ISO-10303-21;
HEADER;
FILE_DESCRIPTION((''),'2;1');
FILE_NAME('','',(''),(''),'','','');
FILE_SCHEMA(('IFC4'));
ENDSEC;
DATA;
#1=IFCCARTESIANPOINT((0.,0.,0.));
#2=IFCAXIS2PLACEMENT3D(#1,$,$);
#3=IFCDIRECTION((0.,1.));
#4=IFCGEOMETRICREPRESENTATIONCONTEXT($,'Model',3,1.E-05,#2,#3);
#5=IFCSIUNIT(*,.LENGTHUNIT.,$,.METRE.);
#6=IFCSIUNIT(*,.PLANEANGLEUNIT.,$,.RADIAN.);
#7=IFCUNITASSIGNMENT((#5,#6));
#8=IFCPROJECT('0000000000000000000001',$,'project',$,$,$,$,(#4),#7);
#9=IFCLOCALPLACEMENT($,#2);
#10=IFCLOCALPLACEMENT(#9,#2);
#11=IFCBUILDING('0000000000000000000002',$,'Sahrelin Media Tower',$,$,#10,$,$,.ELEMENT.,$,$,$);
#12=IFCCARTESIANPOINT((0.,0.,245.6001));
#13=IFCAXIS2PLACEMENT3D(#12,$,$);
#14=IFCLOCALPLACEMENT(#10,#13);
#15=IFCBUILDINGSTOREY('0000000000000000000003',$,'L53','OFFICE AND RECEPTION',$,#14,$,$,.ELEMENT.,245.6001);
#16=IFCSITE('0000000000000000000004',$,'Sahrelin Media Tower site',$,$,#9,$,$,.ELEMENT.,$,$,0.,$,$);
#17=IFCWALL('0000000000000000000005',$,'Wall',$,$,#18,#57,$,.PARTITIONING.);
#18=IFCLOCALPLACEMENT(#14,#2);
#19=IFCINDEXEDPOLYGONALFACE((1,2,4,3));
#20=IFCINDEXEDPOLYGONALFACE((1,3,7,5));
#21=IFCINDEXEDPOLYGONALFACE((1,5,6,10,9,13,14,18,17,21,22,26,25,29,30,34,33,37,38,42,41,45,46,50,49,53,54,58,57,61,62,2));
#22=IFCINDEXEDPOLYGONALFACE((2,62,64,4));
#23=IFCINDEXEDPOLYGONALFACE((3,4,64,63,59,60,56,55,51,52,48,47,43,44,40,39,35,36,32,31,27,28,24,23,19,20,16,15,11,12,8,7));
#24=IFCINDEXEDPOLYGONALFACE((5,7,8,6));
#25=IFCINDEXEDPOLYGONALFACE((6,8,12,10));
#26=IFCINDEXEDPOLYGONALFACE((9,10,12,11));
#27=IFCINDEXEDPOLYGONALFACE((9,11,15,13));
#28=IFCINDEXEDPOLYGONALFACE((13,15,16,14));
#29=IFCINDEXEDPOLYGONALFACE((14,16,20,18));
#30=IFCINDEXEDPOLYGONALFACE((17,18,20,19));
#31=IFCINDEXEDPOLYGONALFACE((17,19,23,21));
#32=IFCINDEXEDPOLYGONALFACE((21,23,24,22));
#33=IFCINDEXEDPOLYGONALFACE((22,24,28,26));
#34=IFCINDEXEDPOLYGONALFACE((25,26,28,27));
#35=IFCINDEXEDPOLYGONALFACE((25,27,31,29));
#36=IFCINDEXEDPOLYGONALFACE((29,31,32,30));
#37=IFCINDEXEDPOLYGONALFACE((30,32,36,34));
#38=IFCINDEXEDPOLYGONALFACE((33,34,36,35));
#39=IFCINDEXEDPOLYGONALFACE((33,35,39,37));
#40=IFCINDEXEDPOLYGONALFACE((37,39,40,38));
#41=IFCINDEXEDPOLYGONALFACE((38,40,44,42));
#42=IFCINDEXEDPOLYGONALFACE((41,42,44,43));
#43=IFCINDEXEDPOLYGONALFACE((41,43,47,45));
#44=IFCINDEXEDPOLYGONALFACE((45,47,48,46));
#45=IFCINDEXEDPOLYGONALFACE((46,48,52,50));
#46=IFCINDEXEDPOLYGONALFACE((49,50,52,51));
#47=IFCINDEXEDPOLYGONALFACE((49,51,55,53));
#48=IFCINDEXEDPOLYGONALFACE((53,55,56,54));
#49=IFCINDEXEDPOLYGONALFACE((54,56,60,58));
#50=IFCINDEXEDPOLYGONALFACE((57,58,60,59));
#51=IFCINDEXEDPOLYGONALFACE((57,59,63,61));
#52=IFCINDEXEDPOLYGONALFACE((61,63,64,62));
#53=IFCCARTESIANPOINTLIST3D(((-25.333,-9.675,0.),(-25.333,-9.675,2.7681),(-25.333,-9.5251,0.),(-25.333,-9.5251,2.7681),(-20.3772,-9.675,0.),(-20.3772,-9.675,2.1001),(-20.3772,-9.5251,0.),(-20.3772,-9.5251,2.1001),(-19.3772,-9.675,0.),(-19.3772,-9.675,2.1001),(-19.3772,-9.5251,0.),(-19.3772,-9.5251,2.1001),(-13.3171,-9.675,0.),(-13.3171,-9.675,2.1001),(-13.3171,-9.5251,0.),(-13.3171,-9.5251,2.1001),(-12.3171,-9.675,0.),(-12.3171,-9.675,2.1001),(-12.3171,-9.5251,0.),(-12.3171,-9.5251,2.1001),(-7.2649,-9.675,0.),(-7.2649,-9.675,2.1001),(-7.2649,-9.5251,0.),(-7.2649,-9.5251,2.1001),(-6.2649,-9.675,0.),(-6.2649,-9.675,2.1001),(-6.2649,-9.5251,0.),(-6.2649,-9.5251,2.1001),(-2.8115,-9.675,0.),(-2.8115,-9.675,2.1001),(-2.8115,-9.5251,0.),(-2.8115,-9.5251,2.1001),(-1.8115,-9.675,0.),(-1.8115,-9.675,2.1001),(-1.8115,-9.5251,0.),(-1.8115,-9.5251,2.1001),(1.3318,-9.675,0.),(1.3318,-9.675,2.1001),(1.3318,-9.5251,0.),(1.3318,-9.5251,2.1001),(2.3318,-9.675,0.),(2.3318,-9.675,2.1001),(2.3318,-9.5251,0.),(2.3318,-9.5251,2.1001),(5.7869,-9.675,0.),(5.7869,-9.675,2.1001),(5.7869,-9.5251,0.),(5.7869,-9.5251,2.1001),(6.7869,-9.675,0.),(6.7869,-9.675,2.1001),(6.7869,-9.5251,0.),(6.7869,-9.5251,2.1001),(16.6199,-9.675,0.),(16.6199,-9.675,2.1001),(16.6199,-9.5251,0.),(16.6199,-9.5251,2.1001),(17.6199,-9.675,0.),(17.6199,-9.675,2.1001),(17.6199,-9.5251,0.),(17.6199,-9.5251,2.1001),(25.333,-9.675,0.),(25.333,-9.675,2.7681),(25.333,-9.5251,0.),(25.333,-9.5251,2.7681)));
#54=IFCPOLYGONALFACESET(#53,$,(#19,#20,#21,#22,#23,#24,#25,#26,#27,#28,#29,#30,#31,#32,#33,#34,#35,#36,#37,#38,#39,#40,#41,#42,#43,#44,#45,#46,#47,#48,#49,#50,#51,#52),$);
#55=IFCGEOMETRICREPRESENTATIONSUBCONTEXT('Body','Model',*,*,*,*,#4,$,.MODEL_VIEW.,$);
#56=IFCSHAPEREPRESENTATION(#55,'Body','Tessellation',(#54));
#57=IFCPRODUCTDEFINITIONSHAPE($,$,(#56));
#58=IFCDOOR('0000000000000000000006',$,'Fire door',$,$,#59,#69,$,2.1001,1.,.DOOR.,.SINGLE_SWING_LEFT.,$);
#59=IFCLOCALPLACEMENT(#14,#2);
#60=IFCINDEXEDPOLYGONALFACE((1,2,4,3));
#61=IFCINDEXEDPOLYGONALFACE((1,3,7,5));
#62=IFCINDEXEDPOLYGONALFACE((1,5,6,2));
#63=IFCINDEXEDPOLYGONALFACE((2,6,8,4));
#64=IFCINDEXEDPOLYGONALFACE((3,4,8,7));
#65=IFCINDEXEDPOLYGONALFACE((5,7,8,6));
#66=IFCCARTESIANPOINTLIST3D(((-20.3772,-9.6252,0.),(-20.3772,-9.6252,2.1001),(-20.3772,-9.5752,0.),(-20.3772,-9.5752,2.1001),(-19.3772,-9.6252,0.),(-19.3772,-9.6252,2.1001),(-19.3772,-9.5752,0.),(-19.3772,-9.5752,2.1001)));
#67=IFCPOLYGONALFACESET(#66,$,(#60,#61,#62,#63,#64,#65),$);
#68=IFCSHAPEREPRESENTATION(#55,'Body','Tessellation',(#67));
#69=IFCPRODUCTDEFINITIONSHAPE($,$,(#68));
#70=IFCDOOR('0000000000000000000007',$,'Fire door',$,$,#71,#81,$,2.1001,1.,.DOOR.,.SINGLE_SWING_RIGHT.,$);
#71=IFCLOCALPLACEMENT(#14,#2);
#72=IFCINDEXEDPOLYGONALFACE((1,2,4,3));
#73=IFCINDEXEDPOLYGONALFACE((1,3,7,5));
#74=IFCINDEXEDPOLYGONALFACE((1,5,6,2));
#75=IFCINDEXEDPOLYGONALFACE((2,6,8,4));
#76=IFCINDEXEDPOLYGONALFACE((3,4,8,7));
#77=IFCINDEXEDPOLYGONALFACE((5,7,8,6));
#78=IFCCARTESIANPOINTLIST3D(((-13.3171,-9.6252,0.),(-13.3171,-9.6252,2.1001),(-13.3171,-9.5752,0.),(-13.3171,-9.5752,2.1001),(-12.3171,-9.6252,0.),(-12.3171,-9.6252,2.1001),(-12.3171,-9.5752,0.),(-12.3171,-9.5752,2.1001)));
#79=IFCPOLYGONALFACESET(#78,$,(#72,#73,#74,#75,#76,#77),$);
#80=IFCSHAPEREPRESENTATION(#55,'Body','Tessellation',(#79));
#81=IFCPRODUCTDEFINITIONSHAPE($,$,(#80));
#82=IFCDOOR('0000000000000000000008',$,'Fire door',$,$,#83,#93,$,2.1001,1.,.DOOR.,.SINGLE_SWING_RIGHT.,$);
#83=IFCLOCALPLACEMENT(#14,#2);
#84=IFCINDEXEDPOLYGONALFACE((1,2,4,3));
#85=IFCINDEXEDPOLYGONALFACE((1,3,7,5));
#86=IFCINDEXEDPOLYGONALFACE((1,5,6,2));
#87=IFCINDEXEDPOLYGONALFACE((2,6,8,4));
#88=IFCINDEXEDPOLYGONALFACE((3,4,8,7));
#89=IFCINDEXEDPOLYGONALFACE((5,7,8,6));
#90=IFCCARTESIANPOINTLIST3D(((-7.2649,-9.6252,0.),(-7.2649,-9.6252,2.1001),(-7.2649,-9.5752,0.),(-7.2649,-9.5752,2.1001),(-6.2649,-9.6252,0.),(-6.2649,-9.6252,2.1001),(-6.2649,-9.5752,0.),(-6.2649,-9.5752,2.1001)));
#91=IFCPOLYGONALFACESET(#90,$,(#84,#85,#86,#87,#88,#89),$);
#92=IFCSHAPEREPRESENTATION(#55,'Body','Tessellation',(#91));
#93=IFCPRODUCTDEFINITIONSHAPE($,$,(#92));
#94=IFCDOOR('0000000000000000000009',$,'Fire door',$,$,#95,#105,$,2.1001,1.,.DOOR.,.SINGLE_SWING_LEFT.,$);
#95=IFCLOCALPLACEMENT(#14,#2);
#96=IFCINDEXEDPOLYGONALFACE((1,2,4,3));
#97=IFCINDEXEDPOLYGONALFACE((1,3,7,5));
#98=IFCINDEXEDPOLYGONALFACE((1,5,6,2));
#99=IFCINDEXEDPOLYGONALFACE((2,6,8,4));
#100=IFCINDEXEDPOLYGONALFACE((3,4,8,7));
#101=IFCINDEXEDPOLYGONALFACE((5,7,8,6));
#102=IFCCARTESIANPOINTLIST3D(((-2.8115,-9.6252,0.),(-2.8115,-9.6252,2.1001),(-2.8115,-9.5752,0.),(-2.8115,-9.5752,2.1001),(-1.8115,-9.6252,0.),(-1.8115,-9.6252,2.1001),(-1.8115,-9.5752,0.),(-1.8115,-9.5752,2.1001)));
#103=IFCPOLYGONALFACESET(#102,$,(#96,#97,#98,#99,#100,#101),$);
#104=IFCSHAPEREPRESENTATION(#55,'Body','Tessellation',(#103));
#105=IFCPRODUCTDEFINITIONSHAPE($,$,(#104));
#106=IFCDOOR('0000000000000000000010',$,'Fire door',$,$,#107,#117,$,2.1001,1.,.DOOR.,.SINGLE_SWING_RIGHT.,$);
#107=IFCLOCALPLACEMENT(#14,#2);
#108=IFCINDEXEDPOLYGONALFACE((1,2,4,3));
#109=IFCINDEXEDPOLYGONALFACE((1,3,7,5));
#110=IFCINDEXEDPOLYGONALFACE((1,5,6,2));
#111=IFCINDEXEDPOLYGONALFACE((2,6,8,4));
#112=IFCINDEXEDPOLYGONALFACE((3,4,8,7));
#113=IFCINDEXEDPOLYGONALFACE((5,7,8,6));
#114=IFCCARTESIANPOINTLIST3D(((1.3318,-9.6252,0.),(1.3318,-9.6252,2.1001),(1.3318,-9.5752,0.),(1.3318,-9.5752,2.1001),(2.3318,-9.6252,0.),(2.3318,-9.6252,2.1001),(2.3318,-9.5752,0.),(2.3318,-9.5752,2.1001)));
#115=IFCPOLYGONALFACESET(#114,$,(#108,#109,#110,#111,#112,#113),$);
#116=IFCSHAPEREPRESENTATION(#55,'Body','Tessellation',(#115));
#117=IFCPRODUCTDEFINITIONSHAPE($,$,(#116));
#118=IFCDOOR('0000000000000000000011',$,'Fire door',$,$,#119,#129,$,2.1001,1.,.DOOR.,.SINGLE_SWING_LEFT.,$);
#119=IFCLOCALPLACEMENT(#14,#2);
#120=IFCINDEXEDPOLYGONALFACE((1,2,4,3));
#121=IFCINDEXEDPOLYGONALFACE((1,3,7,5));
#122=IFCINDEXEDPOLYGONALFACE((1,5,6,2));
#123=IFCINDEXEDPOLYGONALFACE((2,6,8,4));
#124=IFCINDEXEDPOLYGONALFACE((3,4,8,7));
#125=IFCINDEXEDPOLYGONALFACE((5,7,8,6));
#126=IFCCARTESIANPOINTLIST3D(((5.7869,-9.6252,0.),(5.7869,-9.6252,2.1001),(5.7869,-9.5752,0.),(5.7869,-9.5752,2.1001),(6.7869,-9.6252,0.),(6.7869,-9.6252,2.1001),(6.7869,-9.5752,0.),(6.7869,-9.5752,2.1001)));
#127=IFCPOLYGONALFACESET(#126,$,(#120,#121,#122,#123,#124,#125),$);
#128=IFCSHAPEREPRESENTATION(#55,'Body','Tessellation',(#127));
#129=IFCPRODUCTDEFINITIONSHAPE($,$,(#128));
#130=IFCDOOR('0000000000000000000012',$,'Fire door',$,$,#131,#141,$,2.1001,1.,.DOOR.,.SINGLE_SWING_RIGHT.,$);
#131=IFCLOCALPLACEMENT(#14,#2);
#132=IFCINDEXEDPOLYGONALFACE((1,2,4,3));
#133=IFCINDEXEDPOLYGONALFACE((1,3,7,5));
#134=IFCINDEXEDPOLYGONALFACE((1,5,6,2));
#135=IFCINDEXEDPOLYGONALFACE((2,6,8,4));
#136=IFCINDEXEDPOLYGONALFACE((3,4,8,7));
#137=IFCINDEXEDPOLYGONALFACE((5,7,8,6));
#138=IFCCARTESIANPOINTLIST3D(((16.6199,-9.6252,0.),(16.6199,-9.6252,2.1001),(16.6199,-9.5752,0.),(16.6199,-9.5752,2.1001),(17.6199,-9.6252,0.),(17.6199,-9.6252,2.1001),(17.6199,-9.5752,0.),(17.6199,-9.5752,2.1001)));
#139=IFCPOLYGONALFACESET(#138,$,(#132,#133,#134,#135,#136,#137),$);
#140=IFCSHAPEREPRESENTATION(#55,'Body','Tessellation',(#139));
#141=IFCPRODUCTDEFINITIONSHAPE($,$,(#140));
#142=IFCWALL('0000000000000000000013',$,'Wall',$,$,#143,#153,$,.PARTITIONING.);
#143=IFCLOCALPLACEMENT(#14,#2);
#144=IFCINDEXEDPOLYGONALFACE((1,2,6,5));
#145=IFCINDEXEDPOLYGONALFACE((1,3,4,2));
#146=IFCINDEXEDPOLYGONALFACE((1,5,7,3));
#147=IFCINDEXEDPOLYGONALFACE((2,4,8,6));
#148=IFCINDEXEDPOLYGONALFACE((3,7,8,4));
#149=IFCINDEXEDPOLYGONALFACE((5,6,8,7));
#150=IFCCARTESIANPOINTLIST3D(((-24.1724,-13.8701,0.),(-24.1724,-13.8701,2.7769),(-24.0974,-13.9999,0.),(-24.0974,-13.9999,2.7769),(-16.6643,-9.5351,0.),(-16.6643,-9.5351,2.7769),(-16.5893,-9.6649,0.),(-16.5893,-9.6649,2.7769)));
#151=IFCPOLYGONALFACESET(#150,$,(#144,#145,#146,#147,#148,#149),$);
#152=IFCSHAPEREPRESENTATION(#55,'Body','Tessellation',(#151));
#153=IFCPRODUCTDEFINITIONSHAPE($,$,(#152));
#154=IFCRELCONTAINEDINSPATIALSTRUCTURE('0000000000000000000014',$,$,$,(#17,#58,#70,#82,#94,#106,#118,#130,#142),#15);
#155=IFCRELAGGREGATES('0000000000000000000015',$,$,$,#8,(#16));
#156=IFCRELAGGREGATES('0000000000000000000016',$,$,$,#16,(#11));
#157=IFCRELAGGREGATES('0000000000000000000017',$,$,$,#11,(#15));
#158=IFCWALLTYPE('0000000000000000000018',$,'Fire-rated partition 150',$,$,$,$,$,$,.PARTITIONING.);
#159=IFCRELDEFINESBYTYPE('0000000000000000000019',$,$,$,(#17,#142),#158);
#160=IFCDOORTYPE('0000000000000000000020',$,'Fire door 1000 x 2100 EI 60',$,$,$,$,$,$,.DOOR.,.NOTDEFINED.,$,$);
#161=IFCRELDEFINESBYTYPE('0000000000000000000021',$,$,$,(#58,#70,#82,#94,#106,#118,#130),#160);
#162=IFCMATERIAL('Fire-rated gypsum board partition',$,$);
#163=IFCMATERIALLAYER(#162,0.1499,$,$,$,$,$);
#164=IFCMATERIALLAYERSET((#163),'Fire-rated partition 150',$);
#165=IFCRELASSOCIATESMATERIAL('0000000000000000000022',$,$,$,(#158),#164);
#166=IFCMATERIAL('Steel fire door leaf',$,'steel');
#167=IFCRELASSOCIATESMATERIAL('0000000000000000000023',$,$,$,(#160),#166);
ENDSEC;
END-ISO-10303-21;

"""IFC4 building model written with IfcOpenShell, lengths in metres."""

from ifc_helpers import new_model, si_unit, direction, frame, frame_2d, origin, place, context, subcontext, project, spatial, rectangle, extrude, material, layer, layer_set, type_object, element, fill, save


model = new_model("IFC4")

# Units and contexts
model_context = context("Model", 3, precision=1e-05, world=origin(), true_north=direction((0.0, 1.0)))
body_context = subcontext(model_context, "Body", "Model", "MODEL_VIEW")
ifc_project = project(units=[si_unit("LENGTHUNIT", "METRE"), si_unit("PLANEANGLEUNIT", "RADIAN")], contexts=[model_context])

# Site, building, storey
site_placement = place(None, origin())
site = spatial("IfcSite", under=ifc_project, at=site_placement, Name="Sahrelin Media Tower site", CompositionType="ELEMENT", RefElevation=0.0)
building_placement = place(site_placement, origin())
building = spatial("IfcBuilding", under=site, at=building_placement, Name="Sahrelin Media Tower", CompositionType="ELEMENT")
storey_placement = place(building_placement, frame((0.0, 0.0, 245.6001)))
storey = spatial("IfcBuildingStorey", under=building, at=storey_placement, Name="L53", Description="OFFICE AND RECEPTION", CompositionType="ELEMENT", Elevation=245.6001)

# Wall, openings, doors
ifc_material_1 = material(Name="Fire-rated gypsum board partition")
ifc_layer_1 = layer(ifc_material_1, 0.1499)
ifc_layer_set_1 = layer_set([ifc_layer_1], Name="Fire-rated partition 150")
wall_type_1 = type_object("IfcWallType", Name="Fire-rated partition 150", PredefinedType="PARTITIONING", material=ifc_layer_set_1)
wall_1_placement = place(storey_placement, frame((-25.333, -9.6001, 0.0), z_axis=(0.0, 0.0, 1.0), x_axis=(1.0, 0.0, 0.0)))
wall_1 = element("IfcWall", 1, at=wall_1_placement, inside=storey, type_object=wall_type_1, Name="Wall", PredefinedType="PARTITIONING", context=body_context, shape_type="SweptSolid", body=[
    extrude(rectangle(XDim=50.666, YDim=0.1499, at=frame_2d((25.333, 0.0))), origin(), (0.0, 0.0, 1.0), 2.7681),
])
opening_1_placement = place(wall_1_placement, frame((4.9558, 0.0, 0.0)))
opening_1 = element("IfcOpeningElement", 2, at=opening_1_placement, cuts=wall_1, PredefinedType="OPENING", context=body_context, shape_type="SweptSolid", body=[
    extrude(rectangle(XDim=1.0, YDim=2.1001, at=frame_2d((0.5, 1.05))), frame((0.0, 0.075, 0.0), z_axis=(0.0, -1.0, 0.0), x_axis=(1.0, 0.0, 0.0)), (0.0, 0.0, 1.0), 0.1499),
])
opening_2_placement = place(wall_1_placement, frame((12.0159, 0.0, 0.0)))
opening_2 = element("IfcOpeningElement", 3, at=opening_2_placement, cuts=wall_1, PredefinedType="OPENING", context=body_context, shape_type="SweptSolid", body=[
    extrude(rectangle(XDim=1.0, YDim=2.1001, at=frame_2d((0.5, 1.05))), frame((0.0, 0.075, 0.0), z_axis=(0.0, -1.0, 0.0), x_axis=(1.0, 0.0, 0.0)), (0.0, 0.0, 1.0), 0.1499),
])
opening_3_placement = place(wall_1_placement, frame((18.0681, 0.0, 0.0)))
opening_3 = element("IfcOpeningElement", 4, at=opening_3_placement, cuts=wall_1, PredefinedType="OPENING", context=body_context, shape_type="SweptSolid", body=[
    extrude(rectangle(XDim=1.0, YDim=2.1001, at=frame_2d((0.5, 1.05))), frame((0.0, 0.075, 0.0), z_axis=(0.0, -1.0, 0.0), x_axis=(1.0, 0.0, 0.0)), (0.0, 0.0, 1.0), 0.1499),
])
opening_4_placement = place(wall_1_placement, frame((22.5215, 0.0, 0.0)))
opening_4 = element("IfcOpeningElement", 5, at=opening_4_placement, cuts=wall_1, PredefinedType="OPENING", context=body_context, shape_type="SweptSolid", body=[
    extrude(rectangle(XDim=1.0, YDim=2.1001, at=frame_2d((0.5, 1.05))), frame((0.0, 0.075, 0.0), z_axis=(0.0, -1.0, 0.0), x_axis=(1.0, 0.0, 0.0)), (0.0, 0.0, 1.0), 0.1499),
])
opening_5_placement = place(wall_1_placement, frame((26.6648, 0.0, 0.0)))
opening_5 = element("IfcOpeningElement", 6, at=opening_5_placement, cuts=wall_1, PredefinedType="OPENING", context=body_context, shape_type="SweptSolid", body=[
    extrude(rectangle(XDim=1.0, YDim=2.1001, at=frame_2d((0.5, 1.05))), frame((0.0, 0.075, 0.0), z_axis=(0.0, -1.0, 0.0), x_axis=(1.0, 0.0, 0.0)), (0.0, 0.0, 1.0), 0.1499),
])
opening_6_placement = place(wall_1_placement, frame((31.1199, 0.0, 0.0)))
opening_6 = element("IfcOpeningElement", 7, at=opening_6_placement, cuts=wall_1, PredefinedType="OPENING", context=body_context, shape_type="SweptSolid", body=[
    extrude(rectangle(XDim=1.0, YDim=2.1001, at=frame_2d((0.5, 1.05))), frame((0.0, 0.075, 0.0), z_axis=(0.0, -1.0, 0.0), x_axis=(1.0, 0.0, 0.0)), (0.0, 0.0, 1.0), 0.1499),
])
opening_7_placement = place(wall_1_placement, frame((41.9529, 0.0, 0.0)))
opening_7 = element("IfcOpeningElement", 8, at=opening_7_placement, cuts=wall_1, PredefinedType="OPENING", context=body_context, shape_type="SweptSolid", body=[
    extrude(rectangle(XDim=1.0, YDim=2.1001, at=frame_2d((0.5, 1.05))), frame((0.0, 0.075, 0.0), z_axis=(0.0, -1.0, 0.0), x_axis=(1.0, 0.0, 0.0)), (0.0, 0.0, 1.0), 0.1499),
])
ifc_material_2 = material(Name="Steel fire door leaf", Category="steel")
door_type_1 = type_object("IfcDoorType", Name="Fire door 1000 x 2100 EI 60", OperationType="NOTDEFINED", PredefinedType="DOOR", material=ifc_material_2)
door_1_placement = place(opening_1_placement, origin())
door_1 = element("IfcDoor", 9, at=door_1_placement, inside=storey, type_object=door_type_1, Name="Fire door", OperationType="SINGLE_SWING_LEFT", OverallHeight=2.1001, OverallWidth=1.0, PredefinedType="DOOR", context=body_context, shape_type="SweptSolid", body=[
    extrude(rectangle(XDim=1.0, YDim=2.1001, at=frame_2d((0.5, 1.05))), frame((0.0, 0.0249, 0.0), z_axis=(0.0, -1.0, 0.0), x_axis=(1.0, 0.0, 0.0)), (0.0, 0.0, 1.0), 0.05),
])
fill(opening_1, door_1)
door_2_placement = place(opening_2_placement, origin())
door_2 = element("IfcDoor", 10, at=door_2_placement, inside=storey, type_object=door_type_1, Name="Fire door", OperationType="SINGLE_SWING_RIGHT", OverallHeight=2.1001, OverallWidth=1.0, PredefinedType="DOOR", context=body_context, shape_type="SweptSolid", body=[
    extrude(rectangle(XDim=1.0, YDim=2.1001, at=frame_2d((0.5, 1.05))), frame((0.0, 0.0249, 0.0), z_axis=(0.0, -1.0, 0.0), x_axis=(1.0, 0.0, 0.0)), (0.0, 0.0, 1.0), 0.05),
])
fill(opening_2, door_2)
door_3_placement = place(opening_3_placement, origin())
door_3 = element("IfcDoor", 11, at=door_3_placement, inside=storey, type_object=door_type_1, Name="Fire door", OperationType="SINGLE_SWING_RIGHT", OverallHeight=2.1001, OverallWidth=1.0, PredefinedType="DOOR", context=body_context, shape_type="SweptSolid", body=[
    extrude(rectangle(XDim=1.0, YDim=2.1001, at=frame_2d((0.5, 1.05))), frame((0.0, 0.0249, 0.0), z_axis=(0.0, -1.0, 0.0), x_axis=(1.0, 0.0, 0.0)), (0.0, 0.0, 1.0), 0.05),
])
fill(opening_3, door_3)
door_4_placement = place(opening_4_placement, origin())
door_4 = element("IfcDoor", 12, at=door_4_placement, inside=storey, type_object=door_type_1, Name="Fire door", OperationType="SINGLE_SWING_LEFT", OverallHeight=2.1001, OverallWidth=1.0, PredefinedType="DOOR", context=body_context, shape_type="SweptSolid", body=[
    extrude(rectangle(XDim=1.0, YDim=2.1001, at=frame_2d((0.5, 1.05))), frame((0.0, 0.0249, 0.0), z_axis=(0.0, -1.0, 0.0), x_axis=(1.0, 0.0, 0.0)), (0.0, 0.0, 1.0), 0.05),
])
fill(opening_4, door_4)
door_5_placement = place(opening_5_placement, origin())
door_5 = element("IfcDoor", 13, at=door_5_placement, inside=storey, type_object=door_type_1, Name="Fire door", OperationType="SINGLE_SWING_RIGHT", OverallHeight=2.1001, OverallWidth=1.0, PredefinedType="DOOR", context=body_context, shape_type="SweptSolid", body=[
    extrude(rectangle(XDim=1.0, YDim=2.1001, at=frame_2d((0.5, 1.05))), frame((0.0, 0.0249, 0.0), z_axis=(0.0, -1.0, 0.0), x_axis=(1.0, 0.0, 0.0)), (0.0, 0.0, 1.0), 0.05),
])
fill(opening_5, door_5)
door_6_placement = place(opening_6_placement, origin())
door_6 = element("IfcDoor", 14, at=door_6_placement, inside=storey, type_object=door_type_1, Name="Fire door", OperationType="SINGLE_SWING_LEFT", OverallHeight=2.1001, OverallWidth=1.0, PredefinedType="DOOR", context=body_context, shape_type="SweptSolid", body=[
    extrude(rectangle(XDim=1.0, YDim=2.1001, at=frame_2d((0.5, 1.05))), frame((0.0, 0.0249, 0.0), z_axis=(0.0, -1.0, 0.0), x_axis=(1.0, 0.0, 0.0)), (0.0, 0.0, 1.0), 0.05),
])
fill(opening_6, door_6)
door_7_placement = place(opening_7_placement, origin())
door_7 = element("IfcDoor", 15, at=door_7_placement, inside=storey, type_object=door_type_1, Name="Fire door", OperationType="SINGLE_SWING_RIGHT", OverallHeight=2.1001, OverallWidth=1.0, PredefinedType="DOOR", context=body_context, shape_type="SweptSolid", body=[
    extrude(rectangle(XDim=1.0, YDim=2.1001, at=frame_2d((0.5, 1.05))), frame((0.0, 0.0249, 0.0), z_axis=(0.0, -1.0, 0.0), x_axis=(1.0, 0.0, 0.0)), (0.0, 0.0, 1.0), 0.05),
])
fill(opening_7, door_7)

# Wall
wall_2_placement = place(storey_placement, frame((-24.135, -13.9351, 0.0), z_axis=(0.0, 0.0, 1.0), x_axis=(0.866016, 0.500016, 0.0)))
element("IfcWall", 16, at=wall_2_placement, inside=storey, type_object=wall_type_1, Name="Wall", PredefinedType="PARTITIONING", context=body_context, shape_type="SweptSolid", body=[
    extrude(rectangle(XDim=8.6697, YDim=0.1499, at=frame_2d((4.335, 0.0))), origin(), (0.0, 0.0, 1.0), 2.7769),
])

save(model, "model.ifc")
